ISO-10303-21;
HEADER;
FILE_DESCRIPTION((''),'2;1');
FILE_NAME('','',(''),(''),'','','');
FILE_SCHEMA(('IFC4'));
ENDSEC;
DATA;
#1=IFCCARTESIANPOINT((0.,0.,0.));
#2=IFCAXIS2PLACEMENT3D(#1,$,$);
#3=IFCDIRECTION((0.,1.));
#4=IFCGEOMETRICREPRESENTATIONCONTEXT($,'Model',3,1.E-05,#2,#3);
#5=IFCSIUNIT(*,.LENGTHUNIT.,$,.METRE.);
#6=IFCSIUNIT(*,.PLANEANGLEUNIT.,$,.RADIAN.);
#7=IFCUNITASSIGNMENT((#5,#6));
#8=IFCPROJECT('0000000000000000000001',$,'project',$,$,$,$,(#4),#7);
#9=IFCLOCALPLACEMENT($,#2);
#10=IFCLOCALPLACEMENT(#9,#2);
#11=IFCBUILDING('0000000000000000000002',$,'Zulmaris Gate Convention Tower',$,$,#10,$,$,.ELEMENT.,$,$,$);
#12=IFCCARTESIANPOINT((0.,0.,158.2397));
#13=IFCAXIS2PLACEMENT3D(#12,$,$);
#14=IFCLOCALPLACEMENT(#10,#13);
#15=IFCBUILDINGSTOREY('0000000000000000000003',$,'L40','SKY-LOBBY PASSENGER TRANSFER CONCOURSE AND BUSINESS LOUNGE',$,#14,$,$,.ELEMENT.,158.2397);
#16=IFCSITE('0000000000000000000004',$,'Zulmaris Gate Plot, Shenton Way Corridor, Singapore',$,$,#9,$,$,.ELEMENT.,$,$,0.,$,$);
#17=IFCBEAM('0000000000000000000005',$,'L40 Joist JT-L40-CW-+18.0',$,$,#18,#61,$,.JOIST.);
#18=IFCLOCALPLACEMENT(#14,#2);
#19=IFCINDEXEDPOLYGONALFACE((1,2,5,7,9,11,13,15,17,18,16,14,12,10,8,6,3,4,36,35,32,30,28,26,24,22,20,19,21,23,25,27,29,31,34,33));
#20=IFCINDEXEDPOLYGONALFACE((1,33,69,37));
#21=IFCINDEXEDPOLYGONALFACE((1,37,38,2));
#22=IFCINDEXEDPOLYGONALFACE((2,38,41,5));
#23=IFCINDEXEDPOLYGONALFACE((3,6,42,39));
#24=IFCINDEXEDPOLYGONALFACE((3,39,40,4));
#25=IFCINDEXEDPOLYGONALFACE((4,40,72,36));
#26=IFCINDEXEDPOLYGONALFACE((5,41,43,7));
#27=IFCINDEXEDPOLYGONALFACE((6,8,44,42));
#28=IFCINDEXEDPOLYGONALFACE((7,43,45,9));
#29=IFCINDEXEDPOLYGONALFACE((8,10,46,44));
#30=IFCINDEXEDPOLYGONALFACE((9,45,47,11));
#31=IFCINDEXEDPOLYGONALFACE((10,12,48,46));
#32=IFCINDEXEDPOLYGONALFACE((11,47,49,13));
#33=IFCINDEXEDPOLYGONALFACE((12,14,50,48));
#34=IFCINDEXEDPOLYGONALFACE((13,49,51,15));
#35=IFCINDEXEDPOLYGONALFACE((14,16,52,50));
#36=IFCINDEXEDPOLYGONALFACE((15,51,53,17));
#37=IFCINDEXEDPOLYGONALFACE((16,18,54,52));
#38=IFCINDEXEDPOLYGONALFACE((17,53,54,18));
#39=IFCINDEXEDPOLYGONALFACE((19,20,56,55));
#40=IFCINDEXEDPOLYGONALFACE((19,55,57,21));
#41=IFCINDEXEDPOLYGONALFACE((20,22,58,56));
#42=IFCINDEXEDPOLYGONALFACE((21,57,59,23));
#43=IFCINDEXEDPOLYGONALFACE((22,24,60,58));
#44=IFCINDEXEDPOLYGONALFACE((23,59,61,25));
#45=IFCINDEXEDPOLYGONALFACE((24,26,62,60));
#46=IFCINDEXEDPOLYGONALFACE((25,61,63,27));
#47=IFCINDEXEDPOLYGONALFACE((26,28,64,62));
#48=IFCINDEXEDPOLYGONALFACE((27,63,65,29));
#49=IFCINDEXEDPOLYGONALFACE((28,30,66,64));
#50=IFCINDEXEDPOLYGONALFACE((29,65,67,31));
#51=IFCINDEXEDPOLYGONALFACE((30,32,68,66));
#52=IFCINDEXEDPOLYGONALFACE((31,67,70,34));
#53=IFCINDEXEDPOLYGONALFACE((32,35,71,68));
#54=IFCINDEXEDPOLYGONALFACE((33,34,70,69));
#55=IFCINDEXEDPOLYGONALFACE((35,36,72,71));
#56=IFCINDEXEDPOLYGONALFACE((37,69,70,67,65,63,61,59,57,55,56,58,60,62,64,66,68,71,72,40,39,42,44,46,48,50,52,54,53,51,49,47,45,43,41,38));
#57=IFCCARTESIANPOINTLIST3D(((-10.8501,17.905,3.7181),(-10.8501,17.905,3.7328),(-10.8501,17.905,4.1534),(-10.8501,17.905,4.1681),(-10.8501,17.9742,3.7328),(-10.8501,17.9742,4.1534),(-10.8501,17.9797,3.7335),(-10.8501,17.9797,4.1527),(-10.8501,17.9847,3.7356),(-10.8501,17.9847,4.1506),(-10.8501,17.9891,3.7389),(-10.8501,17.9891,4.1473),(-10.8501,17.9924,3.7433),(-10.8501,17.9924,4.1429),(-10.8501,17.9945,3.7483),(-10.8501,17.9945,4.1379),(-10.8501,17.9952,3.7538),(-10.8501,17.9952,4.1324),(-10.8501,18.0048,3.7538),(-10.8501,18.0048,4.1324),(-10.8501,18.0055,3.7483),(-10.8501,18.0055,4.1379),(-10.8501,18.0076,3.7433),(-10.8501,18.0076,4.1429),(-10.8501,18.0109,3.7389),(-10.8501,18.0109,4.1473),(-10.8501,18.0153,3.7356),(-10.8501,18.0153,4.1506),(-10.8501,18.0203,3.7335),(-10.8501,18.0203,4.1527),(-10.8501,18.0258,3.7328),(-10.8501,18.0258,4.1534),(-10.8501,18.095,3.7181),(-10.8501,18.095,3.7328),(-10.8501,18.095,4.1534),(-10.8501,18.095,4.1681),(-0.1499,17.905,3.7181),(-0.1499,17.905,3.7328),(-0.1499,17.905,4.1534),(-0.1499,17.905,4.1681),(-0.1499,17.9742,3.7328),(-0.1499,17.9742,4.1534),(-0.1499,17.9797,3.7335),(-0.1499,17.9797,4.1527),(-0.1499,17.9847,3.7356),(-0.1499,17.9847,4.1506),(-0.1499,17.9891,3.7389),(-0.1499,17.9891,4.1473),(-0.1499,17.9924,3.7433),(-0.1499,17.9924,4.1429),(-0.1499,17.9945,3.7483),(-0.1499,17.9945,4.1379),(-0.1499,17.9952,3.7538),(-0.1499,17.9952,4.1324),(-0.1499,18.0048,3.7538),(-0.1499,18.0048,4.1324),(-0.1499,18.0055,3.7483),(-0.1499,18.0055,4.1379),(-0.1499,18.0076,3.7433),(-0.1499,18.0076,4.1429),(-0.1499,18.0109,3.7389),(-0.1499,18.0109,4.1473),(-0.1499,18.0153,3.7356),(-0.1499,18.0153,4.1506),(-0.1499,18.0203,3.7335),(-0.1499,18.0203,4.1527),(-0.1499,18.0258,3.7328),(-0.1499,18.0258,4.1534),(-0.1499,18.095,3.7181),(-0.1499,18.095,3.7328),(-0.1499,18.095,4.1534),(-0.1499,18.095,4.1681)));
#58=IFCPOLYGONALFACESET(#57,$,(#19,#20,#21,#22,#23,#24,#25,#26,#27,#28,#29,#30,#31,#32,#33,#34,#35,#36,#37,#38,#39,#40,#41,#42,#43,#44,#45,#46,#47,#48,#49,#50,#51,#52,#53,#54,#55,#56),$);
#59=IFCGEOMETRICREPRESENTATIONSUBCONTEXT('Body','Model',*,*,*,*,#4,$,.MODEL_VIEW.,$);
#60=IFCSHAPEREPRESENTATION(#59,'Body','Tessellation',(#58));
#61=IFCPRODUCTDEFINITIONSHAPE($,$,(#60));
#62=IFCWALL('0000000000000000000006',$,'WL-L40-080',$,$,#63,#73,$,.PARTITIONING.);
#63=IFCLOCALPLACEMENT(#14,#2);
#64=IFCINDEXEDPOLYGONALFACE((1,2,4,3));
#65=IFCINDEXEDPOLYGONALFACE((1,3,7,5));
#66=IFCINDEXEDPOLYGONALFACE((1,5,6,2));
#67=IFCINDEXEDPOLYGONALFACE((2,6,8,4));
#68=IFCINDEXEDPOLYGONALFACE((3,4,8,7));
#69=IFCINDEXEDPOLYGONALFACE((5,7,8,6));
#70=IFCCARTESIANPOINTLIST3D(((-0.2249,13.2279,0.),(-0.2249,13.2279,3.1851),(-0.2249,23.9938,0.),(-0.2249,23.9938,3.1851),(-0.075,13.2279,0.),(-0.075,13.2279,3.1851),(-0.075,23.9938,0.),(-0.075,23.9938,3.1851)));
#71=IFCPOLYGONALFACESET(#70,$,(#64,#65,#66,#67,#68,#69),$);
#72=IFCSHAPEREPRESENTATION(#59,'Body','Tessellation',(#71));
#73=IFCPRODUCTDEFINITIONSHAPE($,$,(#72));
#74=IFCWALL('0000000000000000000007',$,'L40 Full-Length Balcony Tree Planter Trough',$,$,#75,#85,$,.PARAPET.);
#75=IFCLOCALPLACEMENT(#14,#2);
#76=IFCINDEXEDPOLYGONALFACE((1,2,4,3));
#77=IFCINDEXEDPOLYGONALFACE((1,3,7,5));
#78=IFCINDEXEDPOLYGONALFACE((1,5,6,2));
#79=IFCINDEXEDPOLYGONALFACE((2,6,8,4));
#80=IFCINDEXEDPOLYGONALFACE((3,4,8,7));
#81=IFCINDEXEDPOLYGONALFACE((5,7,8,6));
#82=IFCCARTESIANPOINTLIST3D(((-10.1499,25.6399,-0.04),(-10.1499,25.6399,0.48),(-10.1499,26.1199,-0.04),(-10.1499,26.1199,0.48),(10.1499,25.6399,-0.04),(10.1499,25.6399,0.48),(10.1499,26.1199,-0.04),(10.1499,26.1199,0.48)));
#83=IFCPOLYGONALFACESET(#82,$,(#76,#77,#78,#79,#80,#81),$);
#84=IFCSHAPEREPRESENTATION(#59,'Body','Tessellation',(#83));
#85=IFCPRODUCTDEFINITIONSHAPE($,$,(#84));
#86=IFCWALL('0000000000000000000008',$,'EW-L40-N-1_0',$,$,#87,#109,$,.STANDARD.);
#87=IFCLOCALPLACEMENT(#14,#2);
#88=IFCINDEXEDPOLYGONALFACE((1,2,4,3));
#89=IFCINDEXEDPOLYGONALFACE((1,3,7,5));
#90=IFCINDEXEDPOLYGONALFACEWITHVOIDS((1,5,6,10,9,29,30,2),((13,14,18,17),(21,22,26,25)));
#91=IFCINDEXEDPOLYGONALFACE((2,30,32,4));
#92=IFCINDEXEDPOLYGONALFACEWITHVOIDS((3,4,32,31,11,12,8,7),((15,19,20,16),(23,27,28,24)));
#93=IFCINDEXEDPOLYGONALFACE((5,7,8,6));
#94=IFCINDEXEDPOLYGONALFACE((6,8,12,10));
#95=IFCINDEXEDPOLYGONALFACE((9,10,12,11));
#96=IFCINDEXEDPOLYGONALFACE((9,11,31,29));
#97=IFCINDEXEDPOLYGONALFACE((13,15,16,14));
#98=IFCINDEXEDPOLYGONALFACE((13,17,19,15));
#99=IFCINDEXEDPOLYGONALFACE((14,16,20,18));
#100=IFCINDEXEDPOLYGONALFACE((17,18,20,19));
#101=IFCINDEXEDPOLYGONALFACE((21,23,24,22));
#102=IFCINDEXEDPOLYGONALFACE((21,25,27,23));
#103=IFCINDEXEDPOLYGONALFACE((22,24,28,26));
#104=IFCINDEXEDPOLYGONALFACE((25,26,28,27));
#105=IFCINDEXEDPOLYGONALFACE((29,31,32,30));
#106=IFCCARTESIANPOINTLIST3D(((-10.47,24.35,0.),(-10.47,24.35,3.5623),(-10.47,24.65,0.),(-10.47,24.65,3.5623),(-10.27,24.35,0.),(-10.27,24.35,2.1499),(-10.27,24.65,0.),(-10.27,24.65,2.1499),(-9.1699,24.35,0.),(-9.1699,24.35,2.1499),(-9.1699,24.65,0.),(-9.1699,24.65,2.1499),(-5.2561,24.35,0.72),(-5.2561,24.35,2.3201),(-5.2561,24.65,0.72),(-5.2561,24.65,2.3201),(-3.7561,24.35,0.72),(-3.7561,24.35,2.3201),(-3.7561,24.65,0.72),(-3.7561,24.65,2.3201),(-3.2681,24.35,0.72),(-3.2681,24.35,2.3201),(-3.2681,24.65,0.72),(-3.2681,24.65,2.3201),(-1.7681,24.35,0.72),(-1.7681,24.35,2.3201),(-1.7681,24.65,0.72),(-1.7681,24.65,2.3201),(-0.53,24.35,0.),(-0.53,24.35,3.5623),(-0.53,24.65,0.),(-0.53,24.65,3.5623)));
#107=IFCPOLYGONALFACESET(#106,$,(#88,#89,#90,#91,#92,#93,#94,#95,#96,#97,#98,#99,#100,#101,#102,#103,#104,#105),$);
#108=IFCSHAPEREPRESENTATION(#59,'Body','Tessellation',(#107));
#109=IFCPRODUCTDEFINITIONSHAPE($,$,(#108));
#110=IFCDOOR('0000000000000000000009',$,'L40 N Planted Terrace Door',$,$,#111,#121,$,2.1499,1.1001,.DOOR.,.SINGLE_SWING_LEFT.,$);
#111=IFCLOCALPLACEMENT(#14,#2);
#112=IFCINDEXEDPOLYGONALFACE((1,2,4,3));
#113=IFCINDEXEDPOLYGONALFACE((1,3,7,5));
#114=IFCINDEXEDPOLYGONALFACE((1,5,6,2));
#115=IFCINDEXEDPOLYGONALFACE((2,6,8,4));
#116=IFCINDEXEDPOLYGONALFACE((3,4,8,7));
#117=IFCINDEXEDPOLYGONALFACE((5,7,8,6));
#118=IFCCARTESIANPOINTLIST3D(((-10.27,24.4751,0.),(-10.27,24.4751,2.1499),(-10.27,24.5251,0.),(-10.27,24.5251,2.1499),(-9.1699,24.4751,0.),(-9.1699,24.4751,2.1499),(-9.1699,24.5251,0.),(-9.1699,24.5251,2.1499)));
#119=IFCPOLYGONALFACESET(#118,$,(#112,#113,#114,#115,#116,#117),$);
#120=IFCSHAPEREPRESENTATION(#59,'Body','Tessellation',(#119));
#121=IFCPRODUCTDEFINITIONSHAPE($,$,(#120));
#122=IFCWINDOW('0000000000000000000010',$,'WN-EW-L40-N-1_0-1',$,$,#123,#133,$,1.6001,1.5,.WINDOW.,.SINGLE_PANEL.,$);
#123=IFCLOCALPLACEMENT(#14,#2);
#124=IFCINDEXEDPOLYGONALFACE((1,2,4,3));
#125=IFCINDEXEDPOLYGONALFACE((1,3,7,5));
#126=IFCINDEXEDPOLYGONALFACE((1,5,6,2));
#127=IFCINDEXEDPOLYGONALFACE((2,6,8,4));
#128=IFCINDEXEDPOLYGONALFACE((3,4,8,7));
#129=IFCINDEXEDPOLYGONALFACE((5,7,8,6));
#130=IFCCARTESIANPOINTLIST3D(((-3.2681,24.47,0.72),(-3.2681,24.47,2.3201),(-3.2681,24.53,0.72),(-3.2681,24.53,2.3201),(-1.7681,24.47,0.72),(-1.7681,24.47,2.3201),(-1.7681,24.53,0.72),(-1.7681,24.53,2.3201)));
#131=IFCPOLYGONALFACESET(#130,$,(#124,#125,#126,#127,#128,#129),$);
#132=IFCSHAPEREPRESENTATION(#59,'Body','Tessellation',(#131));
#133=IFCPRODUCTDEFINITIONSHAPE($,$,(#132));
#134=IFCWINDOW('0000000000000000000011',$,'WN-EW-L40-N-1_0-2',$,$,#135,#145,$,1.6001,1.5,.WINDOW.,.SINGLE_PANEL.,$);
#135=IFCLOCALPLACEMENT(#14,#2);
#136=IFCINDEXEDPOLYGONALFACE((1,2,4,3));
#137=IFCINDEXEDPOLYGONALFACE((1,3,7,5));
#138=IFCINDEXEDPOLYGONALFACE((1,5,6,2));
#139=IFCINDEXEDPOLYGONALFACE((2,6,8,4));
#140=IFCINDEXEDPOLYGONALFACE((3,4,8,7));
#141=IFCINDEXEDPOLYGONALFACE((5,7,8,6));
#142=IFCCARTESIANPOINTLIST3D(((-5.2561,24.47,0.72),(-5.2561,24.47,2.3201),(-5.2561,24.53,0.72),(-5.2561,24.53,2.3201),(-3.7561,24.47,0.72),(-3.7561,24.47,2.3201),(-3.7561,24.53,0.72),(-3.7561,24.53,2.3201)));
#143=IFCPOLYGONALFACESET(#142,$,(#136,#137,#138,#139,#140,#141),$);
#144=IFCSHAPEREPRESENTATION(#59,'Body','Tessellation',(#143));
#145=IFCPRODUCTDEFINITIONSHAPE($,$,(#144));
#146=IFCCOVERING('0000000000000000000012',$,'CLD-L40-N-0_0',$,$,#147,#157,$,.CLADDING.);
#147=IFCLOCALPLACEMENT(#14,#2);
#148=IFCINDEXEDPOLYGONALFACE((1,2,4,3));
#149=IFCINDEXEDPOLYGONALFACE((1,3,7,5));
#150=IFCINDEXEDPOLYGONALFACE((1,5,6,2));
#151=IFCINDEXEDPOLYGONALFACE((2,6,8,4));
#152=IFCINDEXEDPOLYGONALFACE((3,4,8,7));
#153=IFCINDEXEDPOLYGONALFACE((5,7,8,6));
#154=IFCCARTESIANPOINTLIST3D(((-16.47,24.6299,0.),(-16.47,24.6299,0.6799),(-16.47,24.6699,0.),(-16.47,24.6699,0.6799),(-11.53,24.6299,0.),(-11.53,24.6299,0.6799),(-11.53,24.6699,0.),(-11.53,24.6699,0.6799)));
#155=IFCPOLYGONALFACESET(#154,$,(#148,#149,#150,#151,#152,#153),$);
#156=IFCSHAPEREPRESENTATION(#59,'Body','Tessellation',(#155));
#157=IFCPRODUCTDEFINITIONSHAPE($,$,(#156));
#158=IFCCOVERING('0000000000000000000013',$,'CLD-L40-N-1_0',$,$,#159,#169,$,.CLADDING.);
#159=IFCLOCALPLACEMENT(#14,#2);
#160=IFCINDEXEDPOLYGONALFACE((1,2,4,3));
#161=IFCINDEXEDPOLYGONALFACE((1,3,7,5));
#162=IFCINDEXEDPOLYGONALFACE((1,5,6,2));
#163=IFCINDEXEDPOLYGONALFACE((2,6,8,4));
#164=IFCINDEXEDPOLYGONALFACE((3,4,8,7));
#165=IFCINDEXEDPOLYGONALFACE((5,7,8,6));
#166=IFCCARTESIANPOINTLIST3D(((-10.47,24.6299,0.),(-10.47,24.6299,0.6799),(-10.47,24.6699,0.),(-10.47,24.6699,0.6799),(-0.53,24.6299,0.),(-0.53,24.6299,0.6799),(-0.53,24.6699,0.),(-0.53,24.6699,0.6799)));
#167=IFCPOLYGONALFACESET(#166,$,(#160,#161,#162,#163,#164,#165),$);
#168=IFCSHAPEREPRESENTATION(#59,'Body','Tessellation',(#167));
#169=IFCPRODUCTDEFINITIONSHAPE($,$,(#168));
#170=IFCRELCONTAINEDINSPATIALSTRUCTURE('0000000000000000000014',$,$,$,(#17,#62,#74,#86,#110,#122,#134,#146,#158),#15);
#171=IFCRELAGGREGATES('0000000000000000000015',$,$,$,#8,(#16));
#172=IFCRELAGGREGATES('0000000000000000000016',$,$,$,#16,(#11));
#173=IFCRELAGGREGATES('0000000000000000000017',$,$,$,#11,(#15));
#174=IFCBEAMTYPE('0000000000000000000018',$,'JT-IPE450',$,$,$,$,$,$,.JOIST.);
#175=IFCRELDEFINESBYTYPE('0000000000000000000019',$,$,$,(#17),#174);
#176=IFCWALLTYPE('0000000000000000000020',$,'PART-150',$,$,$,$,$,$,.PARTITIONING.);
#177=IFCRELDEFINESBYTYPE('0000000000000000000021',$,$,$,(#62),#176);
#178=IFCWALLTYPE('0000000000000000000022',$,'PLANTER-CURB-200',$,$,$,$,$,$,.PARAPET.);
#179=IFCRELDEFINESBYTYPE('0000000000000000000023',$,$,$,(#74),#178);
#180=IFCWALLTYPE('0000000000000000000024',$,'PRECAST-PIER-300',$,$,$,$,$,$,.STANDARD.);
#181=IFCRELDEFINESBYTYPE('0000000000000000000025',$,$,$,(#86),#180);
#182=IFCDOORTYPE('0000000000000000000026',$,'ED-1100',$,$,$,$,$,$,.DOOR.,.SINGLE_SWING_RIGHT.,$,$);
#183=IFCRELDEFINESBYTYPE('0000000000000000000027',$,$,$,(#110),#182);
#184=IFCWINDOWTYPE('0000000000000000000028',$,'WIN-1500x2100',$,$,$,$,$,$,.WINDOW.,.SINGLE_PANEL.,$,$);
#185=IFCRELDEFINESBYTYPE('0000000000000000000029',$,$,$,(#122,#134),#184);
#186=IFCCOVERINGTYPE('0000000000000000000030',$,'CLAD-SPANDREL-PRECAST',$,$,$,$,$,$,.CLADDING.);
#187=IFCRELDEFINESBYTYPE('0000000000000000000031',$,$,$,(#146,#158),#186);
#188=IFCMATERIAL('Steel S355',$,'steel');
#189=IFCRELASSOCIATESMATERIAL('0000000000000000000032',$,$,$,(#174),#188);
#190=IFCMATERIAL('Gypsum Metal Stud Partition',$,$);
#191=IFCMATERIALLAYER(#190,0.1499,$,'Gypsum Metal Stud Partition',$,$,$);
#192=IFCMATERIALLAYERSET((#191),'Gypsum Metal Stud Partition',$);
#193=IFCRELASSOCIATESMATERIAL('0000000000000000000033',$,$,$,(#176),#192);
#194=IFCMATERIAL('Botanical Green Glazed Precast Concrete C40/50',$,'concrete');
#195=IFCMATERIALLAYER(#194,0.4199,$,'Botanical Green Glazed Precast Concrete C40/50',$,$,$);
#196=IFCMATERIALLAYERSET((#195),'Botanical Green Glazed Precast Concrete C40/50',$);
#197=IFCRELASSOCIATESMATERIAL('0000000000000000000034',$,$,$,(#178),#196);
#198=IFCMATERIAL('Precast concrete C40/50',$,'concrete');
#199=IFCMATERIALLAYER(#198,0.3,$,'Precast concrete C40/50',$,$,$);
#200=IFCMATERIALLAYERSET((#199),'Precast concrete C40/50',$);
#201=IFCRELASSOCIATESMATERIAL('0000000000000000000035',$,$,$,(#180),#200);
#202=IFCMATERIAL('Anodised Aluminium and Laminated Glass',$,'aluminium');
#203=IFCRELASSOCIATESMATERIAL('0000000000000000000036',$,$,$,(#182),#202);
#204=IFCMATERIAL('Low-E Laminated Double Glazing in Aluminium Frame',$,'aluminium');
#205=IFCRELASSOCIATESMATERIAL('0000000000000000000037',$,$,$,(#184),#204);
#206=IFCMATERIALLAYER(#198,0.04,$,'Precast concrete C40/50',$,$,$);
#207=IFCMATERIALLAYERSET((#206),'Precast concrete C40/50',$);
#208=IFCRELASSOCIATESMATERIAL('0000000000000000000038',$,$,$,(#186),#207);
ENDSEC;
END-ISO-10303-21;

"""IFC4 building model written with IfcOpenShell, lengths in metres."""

from ifc_helpers import new_model, si_unit, direction, frame, frame_2d, origin, origin_2d, place, context, subcontext, project, spatial, rectangle, i_section, extrude, material, layer, layer_set, material_profile, profile_set, type_object, element, fill, save


model = new_model("IFC4")

# Units and contexts
model_context = context("Model", 3, precision=1e-05, world=origin(), true_north=direction((0.0, 1.0)))
body_context = subcontext(model_context, "Body", "Model", "MODEL_VIEW")
ifc_project = project(units=[si_unit("LENGTHUNIT", "METRE"), si_unit("PLANEANGLEUNIT", "RADIAN")], contexts=[model_context])

# Site, building, storey
site_placement = place(None, origin())
site = spatial("IfcSite", under=ifc_project, at=site_placement, Name="Zulmaris Gate Plot, Shenton Way Corridor, Singapore", CompositionType="ELEMENT", RefElevation=0.0)
building_placement = place(site_placement, origin())
building = spatial("IfcBuilding", under=site, at=building_placement, Name="Zulmaris Gate Convention Tower", CompositionType="ELEMENT")
storey_placement = place(building_placement, frame((0.0, 0.0, 158.2397)))
storey = spatial("IfcBuildingStorey", under=building, at=storey_placement, Name="L40", Description="SKY-LOBBY PASSENGER TRANSFER CONCOURSE AND BUSINESS LOUNGE", CompositionType="ELEMENT", Elevation=158.2397)

# Beam
ifc_material_1 = material(Name="Steel S355", Category="steel")
ifc_material_profile_1 = material_profile(ifc_material_1, i_section(OverallWidth=0.1899, OverallDepth=0.45, WebThickness=0.0095, FlangeThickness=0.0146, FilletRadius=0.021, at=origin_2d()), Name="IPE 450")
ifc_profile_set_1 = profile_set([ifc_material_profile_1], Name="Steel S355")
beam_type_1 = type_object("IfcBeamType", Name="JT-IPE450", PredefinedType="JOIST", material=ifc_profile_set_1)
for number, where, z_axis, x_axis, name in (
    (1, (-10.8501, 18.0, 3.9431), (1.0, 0.0, 0.0), (0.0, 1.0, 0.0), "L40 Joist JT-L40-CW-+18.0"),
):
    element("IfcBeam", number, at=place(storey_placement, frame(where, z_axis=z_axis, x_axis=x_axis)), inside=storey, type_object=beam_type_1, Name=name, PredefinedType="JOIST", context=body_context, shape_type="SweptSolid", body=[
        extrude(i_section(OverallWidth=0.1899, OverallDepth=0.45, WebThickness=0.0095, FlangeThickness=0.0146, FilletRadius=0.021, at=origin_2d()), origin(), (0.0, 0.0, 1.0), 10.7002),
    ])

# Walls
ifc_material_2 = material(Name="Gypsum Metal Stud Partition")
ifc_layer_1 = layer(ifc_material_2, 0.1499, Name="Gypsum Metal Stud Partition")
ifc_layer_set_1 = layer_set([ifc_layer_1], Name="Gypsum Metal Stud Partition")
wall_type_1 = type_object("IfcWallType", Name="PART-150", PredefinedType="PARTITIONING", material=ifc_layer_set_1)
wall_1_placement = place(storey_placement, frame((-0.1499, 13.228, 0.0), z_axis=(0.0, 0.0, 1.0), x_axis=(0.0, 1.0, 0.0)))
element("IfcWall", 2, at=wall_1_placement, inside=storey, type_object=wall_type_1, Name="WL-L40-080", PredefinedType="PARTITIONING", context=body_context, shape_type="SweptSolid", body=[
    extrude(rectangle(XDim=10.7659, YDim=0.1499, at=frame_2d((5.3828, 0.0))), origin(), (0.0, 0.0, 1.0), 3.1851),
])
ifc_material_3 = material(Name="Botanical Green Glazed Precast Concrete C40/50", Category="concrete")
ifc_layer_2 = layer(ifc_material_3, 0.4199, Name="Botanical Green Glazed Precast Concrete C40/50")
ifc_layer_set_2 = layer_set([ifc_layer_2], Name="Botanical Green Glazed Precast Concrete C40/50")
wall_type_2 = type_object("IfcWallType", Name="PLANTER-CURB-200", PredefinedType="PARAPET", material=ifc_layer_set_2)
wall_2_placement = place(storey_placement, frame((-10.1499, 25.8799, -0.04), z_axis=(0.0, 0.0, 1.0), x_axis=(1.0, 0.0, 0.0)))
element("IfcWall", 3, at=wall_2_placement, inside=storey, type_object=wall_type_2, Name="L40 Full-Length Balcony Tree Planter Trough", PredefinedType="PARAPET", context=body_context, shape_type="SweptSolid", body=[
    extrude(rectangle(XDim=20.2998, YDim=0.48, at=frame_2d((10.1499, 0.0))), origin(), (0.0, 0.0, 1.0), 0.52),
])

# Wall, openings, door, windows
ifc_material_4 = material(Name="Precast concrete C40/50", Category="concrete")
ifc_layer_3 = layer(ifc_material_4, 0.3, Name="Precast concrete C40/50")
ifc_layer_set_3 = layer_set([ifc_layer_3], Name="Precast concrete C40/50")
wall_type_3 = type_object("IfcWallType", Name="PRECAST-PIER-300", PredefinedType="STANDARD", material=ifc_layer_set_3)
wall_3_placement = place(storey_placement, frame((-0.53, 24.5, 0.0), z_axis=(0.0, 0.0, 1.0), x_axis=(-1.0, 0.0, 0.0)))
wall_3 = element("IfcWall", 4, at=wall_3_placement, inside=storey, type_object=wall_type_3, Name="EW-L40-N-1_0", PredefinedType="STANDARD", context=body_context, shape_type="SweptSolid", body=[
    extrude(rectangle(XDim=9.9399, YDim=0.3, at=frame_2d((4.97, 0.0))), origin(), (0.0, 0.0, 1.0), 3.5623),
])
opening_1_placement = place(wall_3_placement, frame((8.6399, 0.0, 0.0)))
opening_1 = element("IfcOpeningElement", 5, at=opening_1_placement, cuts=wall_3, PredefinedType="OPENING", context=body_context, shape_type="SweptSolid", body=[
    extrude(rectangle(XDim=1.1001, YDim=2.1499, at=frame_2d((0.55, 1.075))), frame((0.0, 0.1602, 0.0), z_axis=(0.0, -1.0, 0.0), x_axis=(1.0, 0.0, 0.0)), (0.0, 0.0, 1.0), 0.3201),
])
opening_2_placement = place(wall_3_placement, frame((1.238, 0.0, 0.72)))
opening_2 = element("IfcOpeningElement", 6, at=opening_2_placement, cuts=wall_3, PredefinedType="OPENING", context=body_context, shape_type="SweptSolid", body=[
    extrude(rectangle(XDim=1.5, YDim=1.6001, at=frame_2d((0.75, 0.8))), frame((0.0, 0.1602, 0.0), z_axis=(0.0, -1.0, 0.0), x_axis=(1.0, 0.0, 0.0)), (0.0, 0.0, 1.0), 0.3201),
])
opening_3_placement = place(wall_3_placement, frame((3.2261, 0.0, 0.72)))
opening_3 = element("IfcOpeningElement", 7, at=opening_3_placement, cuts=wall_3, PredefinedType="OPENING", context=body_context, shape_type="SweptSolid", body=[
    extrude(rectangle(XDim=1.5, YDim=1.6001, at=frame_2d((0.75, 0.8))), frame((0.0, 0.1602, 0.0), z_axis=(0.0, -1.0, 0.0), x_axis=(1.0, 0.0, 0.0)), (0.0, 0.0, 1.0), 0.3201),
])
ifc_material_5 = material(Name="Anodised Aluminium and Laminated Glass", Category="aluminium")
door_type = type_object("IfcDoorType", Name="ED-1100", OperationType="SINGLE_SWING_RIGHT", PredefinedType="DOOR", material=ifc_material_5)
door_placement = place(opening_1_placement, origin())
door = element("IfcDoor", 8, at=door_placement, inside=storey, type_object=door_type, Name="L40 N Planted Terrace Door", OperationType="SINGLE_SWING_LEFT", OverallHeight=2.1499, OverallWidth=1.1001, PredefinedType="DOOR", context=body_context, shape_type="SweptSolid", body=[
    extrude(rectangle(XDim=1.1001, YDim=2.1499, at=frame_2d((0.55, 1.075))), frame((0.0, 0.0249, 0.0), z_axis=(0.0, -1.0, 0.0), x_axis=(1.0, 0.0, 0.0)), (0.0, 0.0, 1.0), 0.05),
])
fill(opening_1, door)
ifc_material_6 = material(Name="Low-E Laminated Double Glazing in Aluminium Frame", Category="aluminium")
window_type = type_object("IfcWindowType", Name="WIN-1500x2100", PartitioningType="SINGLE_PANEL", PredefinedType="WINDOW", material=ifc_material_6)
window_1_placement = place(opening_2_placement, origin())
window_1 = element("IfcWindow", 9, at=window_1_placement, inside=storey, type_object=window_type, Name="WN-EW-L40-N-1_0-1", OverallHeight=1.6001, OverallWidth=1.5, PartitioningType="SINGLE_PANEL", PredefinedType="WINDOW", context=body_context, shape_type="SweptSolid", body=[
    extrude(rectangle(XDim=1.5, YDim=1.6001, at=frame_2d((0.75, 0.8))), frame((0.0, 0.03, 0.0), z_axis=(0.0, -1.0, 0.0), x_axis=(1.0, 0.0, 0.0)), (0.0, 0.0, 1.0), 0.0601),
])
fill(opening_2, window_1)
window_2_placement = place(opening_3_placement, origin())
window_2 = element("IfcWindow", 10, at=window_2_placement, inside=storey, type_object=window_type, Name="WN-EW-L40-N-1_0-2", OverallHeight=1.6001, OverallWidth=1.5, PartitioningType="SINGLE_PANEL", PredefinedType="WINDOW", context=body_context, shape_type="SweptSolid", body=[
    extrude(rectangle(XDim=1.5, YDim=1.6001, at=frame_2d((0.75, 0.8))), frame((0.0, 0.03, 0.0), z_axis=(0.0, -1.0, 0.0), x_axis=(1.0, 0.0, 0.0)), (0.0, 0.0, 1.0), 0.0601),
])
fill(opening_3, window_2)

# Coverings
ifc_layer_4 = layer(ifc_material_4, 0.04, Name="Precast concrete C40/50")
ifc_layer_set_4 = layer_set([ifc_layer_4], Name="Precast concrete C40/50")
covering_type = type_object("IfcCoveringType", Name="CLAD-SPANDREL-PRECAST", PredefinedType="CLADDING", material=ifc_layer_set_4)
covering_1_placement = place(storey_placement, frame((-11.53, 24.6499, 0.0), z_axis=(0.0, 0.0, 1.0), x_axis=(-1.0, 0.0, 0.0)))
element("IfcCovering", 11, at=covering_1_placement, inside=storey, type_object=covering_type, Name="CLD-L40-N-0_0", PredefinedType="CLADDING", context=body_context, shape_type="SweptSolid", body=[
    extrude(rectangle(XDim=4.9399, YDim=0.04, at=frame_2d((2.47, 0.0))), origin(), (0.0, 0.0, 1.0), 0.6799),
])
covering_2_placement = place(storey_placement, frame((-0.53, 24.6499, 0.0), z_axis=(0.0, 0.0, 1.0), x_axis=(-1.0, 0.0, 0.0)))
element("IfcCovering", 12, at=covering_2_placement, inside=storey, type_object=covering_type, Name="CLD-L40-N-1_0", PredefinedType="CLADDING", context=body_context, shape_type="SweptSolid", body=[
    extrude(rectangle(XDim=9.9399, YDim=0.04, at=frame_2d((4.97, 0.0))), origin(), (0.0, 0.0, 1.0), 0.6799),
])

save(model, "model.ifc")
